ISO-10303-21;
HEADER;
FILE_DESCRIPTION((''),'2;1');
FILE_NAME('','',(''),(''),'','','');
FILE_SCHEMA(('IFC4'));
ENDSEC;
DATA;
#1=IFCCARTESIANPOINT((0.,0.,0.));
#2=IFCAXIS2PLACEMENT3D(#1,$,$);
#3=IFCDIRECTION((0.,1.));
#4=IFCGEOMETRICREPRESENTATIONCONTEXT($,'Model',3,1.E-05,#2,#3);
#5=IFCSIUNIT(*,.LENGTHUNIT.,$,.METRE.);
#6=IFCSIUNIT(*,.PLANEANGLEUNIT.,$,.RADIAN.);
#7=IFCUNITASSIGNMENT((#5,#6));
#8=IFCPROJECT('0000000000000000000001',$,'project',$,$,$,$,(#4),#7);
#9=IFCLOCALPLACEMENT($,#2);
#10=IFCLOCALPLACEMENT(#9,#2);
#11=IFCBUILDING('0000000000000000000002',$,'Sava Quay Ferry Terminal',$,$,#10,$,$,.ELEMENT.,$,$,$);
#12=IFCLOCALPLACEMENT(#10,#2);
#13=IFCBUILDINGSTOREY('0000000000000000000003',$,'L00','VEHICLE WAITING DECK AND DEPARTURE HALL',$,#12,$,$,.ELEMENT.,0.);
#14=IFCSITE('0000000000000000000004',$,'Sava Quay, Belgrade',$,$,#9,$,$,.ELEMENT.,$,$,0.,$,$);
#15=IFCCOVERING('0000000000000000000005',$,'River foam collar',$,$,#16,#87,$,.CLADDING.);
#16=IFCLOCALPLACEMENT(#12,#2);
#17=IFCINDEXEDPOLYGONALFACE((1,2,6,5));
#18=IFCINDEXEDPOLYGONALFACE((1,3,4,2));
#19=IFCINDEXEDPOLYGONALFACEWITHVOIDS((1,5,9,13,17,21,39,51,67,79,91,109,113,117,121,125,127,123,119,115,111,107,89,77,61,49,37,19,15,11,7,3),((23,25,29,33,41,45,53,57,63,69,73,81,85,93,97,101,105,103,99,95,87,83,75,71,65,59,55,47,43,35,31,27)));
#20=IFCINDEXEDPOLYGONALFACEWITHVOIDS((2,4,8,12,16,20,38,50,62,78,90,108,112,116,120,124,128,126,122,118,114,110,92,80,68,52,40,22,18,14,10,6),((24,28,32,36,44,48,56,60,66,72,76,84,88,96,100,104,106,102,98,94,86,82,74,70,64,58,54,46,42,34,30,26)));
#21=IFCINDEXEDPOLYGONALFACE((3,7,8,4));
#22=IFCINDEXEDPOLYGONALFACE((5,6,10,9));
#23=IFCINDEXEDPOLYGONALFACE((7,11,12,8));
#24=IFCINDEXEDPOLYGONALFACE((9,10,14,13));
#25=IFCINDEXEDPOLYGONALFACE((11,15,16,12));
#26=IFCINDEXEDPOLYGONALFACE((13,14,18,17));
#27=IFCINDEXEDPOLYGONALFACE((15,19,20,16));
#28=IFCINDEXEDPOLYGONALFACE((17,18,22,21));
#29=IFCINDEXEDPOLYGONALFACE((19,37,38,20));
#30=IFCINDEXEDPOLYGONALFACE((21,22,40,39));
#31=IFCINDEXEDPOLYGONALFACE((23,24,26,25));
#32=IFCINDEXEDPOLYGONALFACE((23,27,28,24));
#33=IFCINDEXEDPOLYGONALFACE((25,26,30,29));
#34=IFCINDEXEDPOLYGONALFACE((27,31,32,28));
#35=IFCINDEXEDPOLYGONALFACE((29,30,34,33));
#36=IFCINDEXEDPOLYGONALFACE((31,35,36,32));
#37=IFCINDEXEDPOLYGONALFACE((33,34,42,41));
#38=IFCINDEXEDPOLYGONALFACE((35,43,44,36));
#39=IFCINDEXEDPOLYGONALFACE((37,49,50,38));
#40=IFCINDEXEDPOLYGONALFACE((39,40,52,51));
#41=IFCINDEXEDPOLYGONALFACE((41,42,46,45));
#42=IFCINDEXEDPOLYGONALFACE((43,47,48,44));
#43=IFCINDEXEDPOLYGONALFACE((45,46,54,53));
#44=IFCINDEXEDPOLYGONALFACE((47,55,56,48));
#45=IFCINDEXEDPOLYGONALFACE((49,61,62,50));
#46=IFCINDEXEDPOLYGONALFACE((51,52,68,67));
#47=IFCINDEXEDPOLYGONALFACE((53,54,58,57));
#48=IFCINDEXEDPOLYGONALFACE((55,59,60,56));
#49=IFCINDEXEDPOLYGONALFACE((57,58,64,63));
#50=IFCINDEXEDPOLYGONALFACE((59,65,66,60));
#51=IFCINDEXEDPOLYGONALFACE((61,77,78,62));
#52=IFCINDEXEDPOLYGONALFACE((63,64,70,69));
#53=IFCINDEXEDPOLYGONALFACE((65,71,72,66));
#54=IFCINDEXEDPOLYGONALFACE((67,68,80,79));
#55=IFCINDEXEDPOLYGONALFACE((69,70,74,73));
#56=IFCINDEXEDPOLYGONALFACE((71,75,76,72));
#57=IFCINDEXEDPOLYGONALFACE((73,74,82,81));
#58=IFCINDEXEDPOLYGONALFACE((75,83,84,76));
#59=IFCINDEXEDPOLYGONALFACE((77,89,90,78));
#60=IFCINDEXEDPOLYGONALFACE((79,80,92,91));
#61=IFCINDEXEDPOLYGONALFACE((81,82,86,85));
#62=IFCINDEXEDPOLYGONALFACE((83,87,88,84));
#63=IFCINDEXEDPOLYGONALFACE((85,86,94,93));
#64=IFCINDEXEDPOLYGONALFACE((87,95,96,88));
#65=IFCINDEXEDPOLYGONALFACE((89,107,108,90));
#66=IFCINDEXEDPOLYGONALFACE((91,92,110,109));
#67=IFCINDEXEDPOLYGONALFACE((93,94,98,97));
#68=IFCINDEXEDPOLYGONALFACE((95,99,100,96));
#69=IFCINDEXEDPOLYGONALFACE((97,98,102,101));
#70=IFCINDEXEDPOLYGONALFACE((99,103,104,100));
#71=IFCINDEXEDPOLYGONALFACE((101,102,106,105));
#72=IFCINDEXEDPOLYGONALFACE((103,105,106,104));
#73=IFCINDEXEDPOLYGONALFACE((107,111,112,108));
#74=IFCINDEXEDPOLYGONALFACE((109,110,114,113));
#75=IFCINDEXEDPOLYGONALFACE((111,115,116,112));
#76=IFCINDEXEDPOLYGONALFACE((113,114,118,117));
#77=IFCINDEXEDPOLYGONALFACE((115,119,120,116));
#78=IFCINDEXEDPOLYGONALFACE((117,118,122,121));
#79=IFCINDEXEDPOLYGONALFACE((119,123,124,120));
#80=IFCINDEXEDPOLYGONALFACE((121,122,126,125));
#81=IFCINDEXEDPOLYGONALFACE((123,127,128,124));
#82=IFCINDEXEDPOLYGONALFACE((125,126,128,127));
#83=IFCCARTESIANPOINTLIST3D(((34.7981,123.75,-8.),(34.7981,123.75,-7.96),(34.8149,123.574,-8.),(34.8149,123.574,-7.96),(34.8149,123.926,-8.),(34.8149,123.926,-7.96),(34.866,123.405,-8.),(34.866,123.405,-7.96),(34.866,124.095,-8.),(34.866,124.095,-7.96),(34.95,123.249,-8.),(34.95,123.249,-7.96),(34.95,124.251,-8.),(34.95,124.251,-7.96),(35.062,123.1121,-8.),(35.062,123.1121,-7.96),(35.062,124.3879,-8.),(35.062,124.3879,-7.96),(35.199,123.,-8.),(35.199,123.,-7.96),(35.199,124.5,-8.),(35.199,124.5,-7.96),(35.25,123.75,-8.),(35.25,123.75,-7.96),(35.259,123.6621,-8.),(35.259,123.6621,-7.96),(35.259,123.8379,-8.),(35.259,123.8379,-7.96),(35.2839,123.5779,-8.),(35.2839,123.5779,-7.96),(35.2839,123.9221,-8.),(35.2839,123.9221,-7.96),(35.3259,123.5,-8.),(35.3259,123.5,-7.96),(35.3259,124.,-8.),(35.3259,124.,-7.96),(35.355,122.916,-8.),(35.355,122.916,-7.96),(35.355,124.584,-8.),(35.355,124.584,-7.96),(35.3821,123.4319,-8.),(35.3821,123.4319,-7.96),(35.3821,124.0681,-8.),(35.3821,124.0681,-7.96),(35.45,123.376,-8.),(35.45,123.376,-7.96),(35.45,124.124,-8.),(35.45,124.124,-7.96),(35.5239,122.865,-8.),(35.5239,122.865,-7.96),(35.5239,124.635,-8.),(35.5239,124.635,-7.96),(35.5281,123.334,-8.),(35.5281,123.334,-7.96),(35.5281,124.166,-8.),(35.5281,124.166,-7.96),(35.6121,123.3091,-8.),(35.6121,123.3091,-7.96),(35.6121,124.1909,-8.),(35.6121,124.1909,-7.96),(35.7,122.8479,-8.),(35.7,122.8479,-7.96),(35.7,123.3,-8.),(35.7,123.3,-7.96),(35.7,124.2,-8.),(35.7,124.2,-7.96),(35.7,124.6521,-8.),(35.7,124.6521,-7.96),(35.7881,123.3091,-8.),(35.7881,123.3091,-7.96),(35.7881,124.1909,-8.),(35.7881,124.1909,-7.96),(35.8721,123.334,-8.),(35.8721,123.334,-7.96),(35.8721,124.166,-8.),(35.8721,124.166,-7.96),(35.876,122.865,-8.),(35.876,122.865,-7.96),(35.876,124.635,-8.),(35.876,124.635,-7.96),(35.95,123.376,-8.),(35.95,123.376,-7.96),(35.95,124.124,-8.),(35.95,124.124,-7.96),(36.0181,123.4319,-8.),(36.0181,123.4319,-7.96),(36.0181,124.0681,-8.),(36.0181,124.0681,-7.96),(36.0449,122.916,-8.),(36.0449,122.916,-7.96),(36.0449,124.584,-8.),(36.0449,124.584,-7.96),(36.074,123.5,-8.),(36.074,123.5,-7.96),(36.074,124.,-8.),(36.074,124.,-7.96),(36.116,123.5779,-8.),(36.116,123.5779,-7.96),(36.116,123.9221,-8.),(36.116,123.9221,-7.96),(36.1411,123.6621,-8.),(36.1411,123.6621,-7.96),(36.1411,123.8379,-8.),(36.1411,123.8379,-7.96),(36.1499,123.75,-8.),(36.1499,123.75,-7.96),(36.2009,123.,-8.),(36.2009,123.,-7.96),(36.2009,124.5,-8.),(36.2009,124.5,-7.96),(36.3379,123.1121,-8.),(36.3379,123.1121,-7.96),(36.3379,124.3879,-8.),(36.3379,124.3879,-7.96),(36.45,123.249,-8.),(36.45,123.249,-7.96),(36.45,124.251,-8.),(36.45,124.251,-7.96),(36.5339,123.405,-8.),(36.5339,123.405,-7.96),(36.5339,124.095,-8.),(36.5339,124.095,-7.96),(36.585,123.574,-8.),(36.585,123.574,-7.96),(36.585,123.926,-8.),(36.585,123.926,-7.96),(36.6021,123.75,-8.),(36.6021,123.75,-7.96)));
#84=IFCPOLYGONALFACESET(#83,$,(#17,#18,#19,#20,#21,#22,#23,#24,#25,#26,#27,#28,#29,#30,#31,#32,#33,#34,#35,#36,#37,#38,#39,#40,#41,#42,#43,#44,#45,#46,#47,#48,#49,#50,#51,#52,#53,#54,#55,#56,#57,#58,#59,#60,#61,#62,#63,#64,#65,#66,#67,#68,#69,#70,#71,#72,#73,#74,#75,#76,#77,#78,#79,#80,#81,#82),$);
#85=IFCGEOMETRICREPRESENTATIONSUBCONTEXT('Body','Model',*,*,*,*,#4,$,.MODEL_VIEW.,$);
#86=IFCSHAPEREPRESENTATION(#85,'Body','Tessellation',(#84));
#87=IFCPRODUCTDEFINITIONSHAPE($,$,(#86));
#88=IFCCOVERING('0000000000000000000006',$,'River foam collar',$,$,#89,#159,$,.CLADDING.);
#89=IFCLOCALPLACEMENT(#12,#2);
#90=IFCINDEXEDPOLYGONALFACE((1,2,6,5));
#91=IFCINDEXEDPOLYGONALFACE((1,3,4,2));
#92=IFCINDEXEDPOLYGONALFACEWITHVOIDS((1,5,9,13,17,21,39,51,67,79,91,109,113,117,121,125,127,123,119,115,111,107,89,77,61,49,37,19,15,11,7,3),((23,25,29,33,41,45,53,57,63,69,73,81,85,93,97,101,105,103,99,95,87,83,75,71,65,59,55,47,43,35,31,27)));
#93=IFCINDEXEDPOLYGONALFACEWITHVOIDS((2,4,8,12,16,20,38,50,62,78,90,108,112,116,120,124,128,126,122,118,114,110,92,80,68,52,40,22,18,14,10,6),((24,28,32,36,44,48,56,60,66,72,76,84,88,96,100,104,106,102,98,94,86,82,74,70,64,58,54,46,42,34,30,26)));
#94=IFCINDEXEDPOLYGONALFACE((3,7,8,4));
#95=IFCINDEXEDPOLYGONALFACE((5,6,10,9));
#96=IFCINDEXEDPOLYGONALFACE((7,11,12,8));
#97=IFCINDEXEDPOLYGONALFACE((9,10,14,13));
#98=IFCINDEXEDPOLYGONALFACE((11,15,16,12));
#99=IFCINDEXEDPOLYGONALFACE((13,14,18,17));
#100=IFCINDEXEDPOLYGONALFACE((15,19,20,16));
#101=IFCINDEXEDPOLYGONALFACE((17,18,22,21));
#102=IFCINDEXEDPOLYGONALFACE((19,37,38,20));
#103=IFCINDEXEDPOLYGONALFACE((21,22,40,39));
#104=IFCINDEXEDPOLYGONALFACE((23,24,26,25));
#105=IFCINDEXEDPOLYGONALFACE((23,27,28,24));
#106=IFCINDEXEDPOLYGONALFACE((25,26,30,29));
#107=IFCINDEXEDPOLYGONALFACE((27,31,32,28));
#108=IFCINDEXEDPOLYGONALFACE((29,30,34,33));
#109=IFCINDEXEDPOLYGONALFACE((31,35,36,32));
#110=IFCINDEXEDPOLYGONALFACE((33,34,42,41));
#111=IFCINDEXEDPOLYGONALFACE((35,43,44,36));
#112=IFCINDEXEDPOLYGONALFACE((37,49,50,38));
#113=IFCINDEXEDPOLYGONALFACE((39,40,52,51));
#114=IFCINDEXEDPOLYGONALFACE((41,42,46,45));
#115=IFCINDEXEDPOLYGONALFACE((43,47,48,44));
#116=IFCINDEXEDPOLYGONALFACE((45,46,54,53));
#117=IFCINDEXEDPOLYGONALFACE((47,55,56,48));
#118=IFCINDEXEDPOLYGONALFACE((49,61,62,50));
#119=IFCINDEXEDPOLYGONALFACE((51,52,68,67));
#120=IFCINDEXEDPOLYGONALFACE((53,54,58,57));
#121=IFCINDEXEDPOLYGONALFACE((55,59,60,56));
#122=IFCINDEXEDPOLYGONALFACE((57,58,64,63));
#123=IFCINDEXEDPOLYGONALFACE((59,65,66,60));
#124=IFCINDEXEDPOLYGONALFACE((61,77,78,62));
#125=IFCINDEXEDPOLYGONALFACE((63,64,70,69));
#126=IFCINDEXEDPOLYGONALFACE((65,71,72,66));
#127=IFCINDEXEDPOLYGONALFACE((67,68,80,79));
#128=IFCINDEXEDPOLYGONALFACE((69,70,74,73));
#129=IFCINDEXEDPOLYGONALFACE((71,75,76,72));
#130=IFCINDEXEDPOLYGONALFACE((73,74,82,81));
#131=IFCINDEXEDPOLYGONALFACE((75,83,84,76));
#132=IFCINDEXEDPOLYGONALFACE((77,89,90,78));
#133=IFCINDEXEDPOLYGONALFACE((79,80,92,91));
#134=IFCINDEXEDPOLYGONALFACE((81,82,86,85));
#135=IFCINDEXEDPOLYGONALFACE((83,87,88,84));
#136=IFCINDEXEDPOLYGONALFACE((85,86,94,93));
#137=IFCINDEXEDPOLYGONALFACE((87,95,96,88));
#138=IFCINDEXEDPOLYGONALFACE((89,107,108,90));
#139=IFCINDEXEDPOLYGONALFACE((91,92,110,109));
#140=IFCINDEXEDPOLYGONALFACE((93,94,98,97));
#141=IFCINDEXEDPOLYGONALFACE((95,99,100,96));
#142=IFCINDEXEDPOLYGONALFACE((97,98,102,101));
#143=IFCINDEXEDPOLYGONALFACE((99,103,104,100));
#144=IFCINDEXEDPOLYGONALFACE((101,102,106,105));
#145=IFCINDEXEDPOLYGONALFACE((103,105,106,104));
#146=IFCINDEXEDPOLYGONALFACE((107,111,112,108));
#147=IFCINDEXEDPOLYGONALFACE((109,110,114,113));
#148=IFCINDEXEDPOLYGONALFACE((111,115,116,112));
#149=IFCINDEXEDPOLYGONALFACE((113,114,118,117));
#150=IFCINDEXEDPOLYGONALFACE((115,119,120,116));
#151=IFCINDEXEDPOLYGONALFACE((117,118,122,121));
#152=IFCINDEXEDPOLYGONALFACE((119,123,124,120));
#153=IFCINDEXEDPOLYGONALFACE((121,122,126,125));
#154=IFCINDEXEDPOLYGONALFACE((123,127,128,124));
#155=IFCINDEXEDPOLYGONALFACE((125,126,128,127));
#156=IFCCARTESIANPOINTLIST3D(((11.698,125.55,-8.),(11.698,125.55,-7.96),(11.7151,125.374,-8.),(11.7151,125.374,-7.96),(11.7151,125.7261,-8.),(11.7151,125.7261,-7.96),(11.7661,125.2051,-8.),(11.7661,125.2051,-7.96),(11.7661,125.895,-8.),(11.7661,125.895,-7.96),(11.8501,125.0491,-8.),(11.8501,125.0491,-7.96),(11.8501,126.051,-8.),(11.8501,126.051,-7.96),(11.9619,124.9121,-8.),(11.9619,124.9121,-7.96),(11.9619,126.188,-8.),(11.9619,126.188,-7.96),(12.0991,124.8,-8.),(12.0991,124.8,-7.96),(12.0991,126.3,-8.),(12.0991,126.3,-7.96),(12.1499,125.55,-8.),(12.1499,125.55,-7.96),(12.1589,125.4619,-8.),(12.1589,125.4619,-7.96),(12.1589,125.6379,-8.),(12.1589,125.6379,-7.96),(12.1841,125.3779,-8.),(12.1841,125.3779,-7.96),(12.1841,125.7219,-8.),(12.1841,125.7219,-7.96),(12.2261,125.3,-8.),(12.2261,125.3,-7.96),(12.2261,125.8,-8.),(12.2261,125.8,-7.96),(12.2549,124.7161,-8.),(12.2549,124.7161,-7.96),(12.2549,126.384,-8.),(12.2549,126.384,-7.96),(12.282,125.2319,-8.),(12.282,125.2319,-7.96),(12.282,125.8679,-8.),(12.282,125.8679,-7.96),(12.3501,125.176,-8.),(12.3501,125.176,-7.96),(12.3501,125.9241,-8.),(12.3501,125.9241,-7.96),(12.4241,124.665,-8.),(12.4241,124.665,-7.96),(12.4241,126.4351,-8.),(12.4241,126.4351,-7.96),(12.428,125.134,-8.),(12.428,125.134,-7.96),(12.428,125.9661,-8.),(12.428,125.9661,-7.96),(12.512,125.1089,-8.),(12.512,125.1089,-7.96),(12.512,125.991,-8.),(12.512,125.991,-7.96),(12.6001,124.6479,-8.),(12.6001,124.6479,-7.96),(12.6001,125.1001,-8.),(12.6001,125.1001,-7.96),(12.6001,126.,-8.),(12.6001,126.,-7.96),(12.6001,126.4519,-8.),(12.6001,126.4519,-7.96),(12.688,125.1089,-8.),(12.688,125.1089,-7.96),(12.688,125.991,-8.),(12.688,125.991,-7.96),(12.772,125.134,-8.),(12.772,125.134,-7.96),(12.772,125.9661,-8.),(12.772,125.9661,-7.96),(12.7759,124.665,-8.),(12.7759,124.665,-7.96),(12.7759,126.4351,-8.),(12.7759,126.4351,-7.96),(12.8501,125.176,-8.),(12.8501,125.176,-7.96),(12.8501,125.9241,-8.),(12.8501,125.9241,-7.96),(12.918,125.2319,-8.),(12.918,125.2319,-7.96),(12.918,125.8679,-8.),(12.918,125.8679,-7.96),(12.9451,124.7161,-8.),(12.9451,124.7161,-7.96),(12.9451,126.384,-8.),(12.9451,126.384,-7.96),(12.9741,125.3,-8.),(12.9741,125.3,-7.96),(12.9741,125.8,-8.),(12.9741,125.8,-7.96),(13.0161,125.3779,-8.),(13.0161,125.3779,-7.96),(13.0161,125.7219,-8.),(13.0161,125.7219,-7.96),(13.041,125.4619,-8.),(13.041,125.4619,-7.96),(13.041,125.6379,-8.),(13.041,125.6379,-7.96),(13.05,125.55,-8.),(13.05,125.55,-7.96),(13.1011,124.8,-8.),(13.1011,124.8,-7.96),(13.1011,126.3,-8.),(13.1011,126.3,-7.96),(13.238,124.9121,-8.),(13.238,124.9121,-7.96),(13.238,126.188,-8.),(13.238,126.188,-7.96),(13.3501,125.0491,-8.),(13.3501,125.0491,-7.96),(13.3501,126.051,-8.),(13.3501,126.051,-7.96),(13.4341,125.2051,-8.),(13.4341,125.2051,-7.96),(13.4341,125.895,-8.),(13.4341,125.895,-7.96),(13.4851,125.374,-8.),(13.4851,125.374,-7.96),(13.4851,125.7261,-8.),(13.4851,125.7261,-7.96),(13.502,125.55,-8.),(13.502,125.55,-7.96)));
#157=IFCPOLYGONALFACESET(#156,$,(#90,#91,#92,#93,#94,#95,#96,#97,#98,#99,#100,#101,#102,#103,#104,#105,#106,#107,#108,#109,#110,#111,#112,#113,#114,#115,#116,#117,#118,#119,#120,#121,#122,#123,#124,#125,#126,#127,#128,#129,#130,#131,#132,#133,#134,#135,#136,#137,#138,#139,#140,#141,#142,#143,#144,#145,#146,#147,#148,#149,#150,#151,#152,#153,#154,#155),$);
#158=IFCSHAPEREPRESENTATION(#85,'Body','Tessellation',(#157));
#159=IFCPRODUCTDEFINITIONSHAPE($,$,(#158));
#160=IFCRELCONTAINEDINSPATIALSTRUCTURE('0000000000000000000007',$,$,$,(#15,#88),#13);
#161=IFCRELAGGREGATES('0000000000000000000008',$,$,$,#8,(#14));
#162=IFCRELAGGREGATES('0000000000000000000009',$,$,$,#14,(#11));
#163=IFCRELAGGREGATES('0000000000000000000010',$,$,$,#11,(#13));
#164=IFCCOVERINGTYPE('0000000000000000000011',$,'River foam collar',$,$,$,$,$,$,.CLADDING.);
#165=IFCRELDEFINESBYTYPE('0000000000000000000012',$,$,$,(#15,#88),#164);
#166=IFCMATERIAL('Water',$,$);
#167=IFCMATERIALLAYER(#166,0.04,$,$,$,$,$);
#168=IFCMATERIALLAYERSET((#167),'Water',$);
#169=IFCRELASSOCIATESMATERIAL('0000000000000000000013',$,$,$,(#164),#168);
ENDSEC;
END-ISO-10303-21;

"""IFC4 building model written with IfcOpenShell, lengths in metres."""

from ifc_helpers import new_model, si_unit, direction, frame, origin, place, context, subcontext, project, spatial, polyline, outline, extrude, material, layer, layer_set, type_object, element, save


model = new_model("IFC4")

# Units and contexts
model_context = context("Model", 3, precision=1e-05, world=origin(), true_north=direction((0.0, 1.0)))
body_context = subcontext(model_context, "Body", "Model", "MODEL_VIEW")
ifc_project = project(units=[si_unit("LENGTHUNIT", "METRE"), si_unit("PLANEANGLEUNIT", "RADIAN")], contexts=[model_context])

# Site, building, storey
site_placement = place(None, origin())
site = spatial("IfcSite", under=ifc_project, at=site_placement, Name="Sava Quay, Belgrade", CompositionType="ELEMENT", RefElevation=0.0)
building_placement = place(site_placement, origin())
building = spatial("IfcBuilding", under=site, at=building_placement, Name="Sava Quay Ferry Terminal", CompositionType="ELEMENT")
storey_placement = place(building_placement, origin())
storey = spatial("IfcBuildingStorey", under=building, at=storey_placement, Name="L00", Description="VEHICLE WAITING DECK AND DEPARTURE HALL", CompositionType="ELEMENT", Elevation=0.0)

# Coverings
ifc_material = material(Name="Water")
ifc_layer = layer(ifc_material, 0.04)
ifc_layer_set = layer_set([ifc_layer], Name="Water")
covering_type = type_object("IfcCoveringType", Name="River foam collar", PredefinedType="CLADDING", material=ifc_layer_set)
covering_1_placement = place(storey_placement, frame((0.0, 0.0, -8.0)))
element("IfcCovering", 1, at=covering_1_placement, inside=storey, type_object=covering_type, Name="River foam collar", PredefinedType="CLADDING", context=body_context, shape_type="SweptSolid", body=[
    extrude(outline(polyline([(36.45, 123.249), (36.5339, 123.405), (36.585, 123.574), (36.6021, 123.75), (36.585, 123.926), (36.5339, 124.095), (36.45, 124.251), (36.3379, 124.3879), (36.2009, 124.5), (36.0449, 124.584), (35.876, 124.635), (35.7, 124.6521), (35.5239, 124.635), (35.355, 124.584), (35.199, 124.5), (35.062, 124.3879), (34.95, 124.251), (34.866, 124.095), (34.8149, 123.926), (34.7981, 123.75), (34.8149, 123.574), (34.866, 123.405), (34.95, 123.249), (35.062, 123.1121), (35.199, 123.0), (35.355, 122.916), (35.5239, 122.865), (35.7, 122.8479), (35.876, 122.865), (36.0449, 122.916), (36.2009, 123.0), (36.3379, 123.1121), (36.45, 123.249)]), holes=[polyline([(36.074, 124.0), (36.116, 123.9221), (36.1411, 123.8379), (36.1499, 123.75), (36.1411, 123.6621), (36.116, 123.5779), (36.074, 123.5), (36.0181, 123.4319), (35.95, 123.376), (35.8721, 123.334), (35.7881, 123.3091), (35.7, 123.3), (35.6121, 123.3091), (35.5281, 123.334), (35.45, 123.376), (35.3821, 123.4319), (35.3259, 123.5), (35.2839, 123.5779), (35.259, 123.6621), (35.25, 123.75), (35.259, 123.8379), (35.2839, 123.9221), (35.3259, 124.0), (35.3821, 124.0681), (35.45, 124.124), (35.5281, 124.166), (35.6121, 124.1909), (35.7, 124.2), (35.7881, 124.1909), (35.8721, 124.166), (35.95, 124.124), (36.0181, 124.0681), (36.074, 124.0)])]), origin(), (0.0, 0.0, 1.0), 0.04),
])
covering_2_placement = place(storey_placement, frame((0.0, 0.0, -8.0)))
element("IfcCovering", 2, at=covering_2_placement, inside=storey, type_object=covering_type, Name="River foam collar", PredefinedType="CLADDING", context=body_context, shape_type="SweptSolid", body=[
    extrude(outline(polyline([(13.238, 124.9121), (13.3501, 125.0491), (13.4341, 125.2051), (13.4851, 125.374), (13.502, 125.55), (13.4851, 125.7261), (13.4341, 125.895), (13.3501, 126.051), (13.238, 126.188), (13.1011, 126.3), (12.9451, 126.384), (12.7759, 126.4351), (12.6001, 126.4519), (12.4241, 126.4351), (12.2549, 126.384), (12.0991, 126.3), (11.9619, 126.188), (11.8501, 126.051), (11.7661, 125.895), (11.7151, 125.7261), (11.698, 125.55), (11.7151, 125.374), (11.7661, 125.2051), (11.8501, 125.0491), (11.9619, 124.9121), (12.0991, 124.8), (12.2549, 124.7161), (12.4241, 124.665), (12.6001, 124.6479), (12.7759, 124.665), (12.9451, 124.7161), (13.1011, 124.8), (13.238, 124.9121)]), holes=[polyline([(12.918, 125.8679), (12.9741, 125.8), (13.0161, 125.7219), (13.041, 125.6379), (13.05, 125.55), (13.041, 125.4619), (13.0161, 125.3779), (12.9741, 125.3), (12.918, 125.2319), (12.8501, 125.176), (12.772, 125.134), (12.688, 125.1089), (12.6001, 125.1001), (12.512, 125.1089), (12.428, 125.134), (12.3501, 125.176), (12.282, 125.2319), (12.2261, 125.3), (12.1841, 125.3779), (12.1589, 125.4619), (12.1499, 125.55), (12.1589, 125.6379), (12.1841, 125.7219), (12.2261, 125.8), (12.282, 125.8679), (12.3501, 125.9241), (12.428, 125.9661), (12.512, 125.991), (12.6001, 126.0), (12.688, 125.991), (12.772, 125.9661), (12.8501, 125.9241), (12.918, 125.8679)])]), origin(), (0.0, 0.0, 1.0), 0.04),
])

save(model, "model.ifc")
